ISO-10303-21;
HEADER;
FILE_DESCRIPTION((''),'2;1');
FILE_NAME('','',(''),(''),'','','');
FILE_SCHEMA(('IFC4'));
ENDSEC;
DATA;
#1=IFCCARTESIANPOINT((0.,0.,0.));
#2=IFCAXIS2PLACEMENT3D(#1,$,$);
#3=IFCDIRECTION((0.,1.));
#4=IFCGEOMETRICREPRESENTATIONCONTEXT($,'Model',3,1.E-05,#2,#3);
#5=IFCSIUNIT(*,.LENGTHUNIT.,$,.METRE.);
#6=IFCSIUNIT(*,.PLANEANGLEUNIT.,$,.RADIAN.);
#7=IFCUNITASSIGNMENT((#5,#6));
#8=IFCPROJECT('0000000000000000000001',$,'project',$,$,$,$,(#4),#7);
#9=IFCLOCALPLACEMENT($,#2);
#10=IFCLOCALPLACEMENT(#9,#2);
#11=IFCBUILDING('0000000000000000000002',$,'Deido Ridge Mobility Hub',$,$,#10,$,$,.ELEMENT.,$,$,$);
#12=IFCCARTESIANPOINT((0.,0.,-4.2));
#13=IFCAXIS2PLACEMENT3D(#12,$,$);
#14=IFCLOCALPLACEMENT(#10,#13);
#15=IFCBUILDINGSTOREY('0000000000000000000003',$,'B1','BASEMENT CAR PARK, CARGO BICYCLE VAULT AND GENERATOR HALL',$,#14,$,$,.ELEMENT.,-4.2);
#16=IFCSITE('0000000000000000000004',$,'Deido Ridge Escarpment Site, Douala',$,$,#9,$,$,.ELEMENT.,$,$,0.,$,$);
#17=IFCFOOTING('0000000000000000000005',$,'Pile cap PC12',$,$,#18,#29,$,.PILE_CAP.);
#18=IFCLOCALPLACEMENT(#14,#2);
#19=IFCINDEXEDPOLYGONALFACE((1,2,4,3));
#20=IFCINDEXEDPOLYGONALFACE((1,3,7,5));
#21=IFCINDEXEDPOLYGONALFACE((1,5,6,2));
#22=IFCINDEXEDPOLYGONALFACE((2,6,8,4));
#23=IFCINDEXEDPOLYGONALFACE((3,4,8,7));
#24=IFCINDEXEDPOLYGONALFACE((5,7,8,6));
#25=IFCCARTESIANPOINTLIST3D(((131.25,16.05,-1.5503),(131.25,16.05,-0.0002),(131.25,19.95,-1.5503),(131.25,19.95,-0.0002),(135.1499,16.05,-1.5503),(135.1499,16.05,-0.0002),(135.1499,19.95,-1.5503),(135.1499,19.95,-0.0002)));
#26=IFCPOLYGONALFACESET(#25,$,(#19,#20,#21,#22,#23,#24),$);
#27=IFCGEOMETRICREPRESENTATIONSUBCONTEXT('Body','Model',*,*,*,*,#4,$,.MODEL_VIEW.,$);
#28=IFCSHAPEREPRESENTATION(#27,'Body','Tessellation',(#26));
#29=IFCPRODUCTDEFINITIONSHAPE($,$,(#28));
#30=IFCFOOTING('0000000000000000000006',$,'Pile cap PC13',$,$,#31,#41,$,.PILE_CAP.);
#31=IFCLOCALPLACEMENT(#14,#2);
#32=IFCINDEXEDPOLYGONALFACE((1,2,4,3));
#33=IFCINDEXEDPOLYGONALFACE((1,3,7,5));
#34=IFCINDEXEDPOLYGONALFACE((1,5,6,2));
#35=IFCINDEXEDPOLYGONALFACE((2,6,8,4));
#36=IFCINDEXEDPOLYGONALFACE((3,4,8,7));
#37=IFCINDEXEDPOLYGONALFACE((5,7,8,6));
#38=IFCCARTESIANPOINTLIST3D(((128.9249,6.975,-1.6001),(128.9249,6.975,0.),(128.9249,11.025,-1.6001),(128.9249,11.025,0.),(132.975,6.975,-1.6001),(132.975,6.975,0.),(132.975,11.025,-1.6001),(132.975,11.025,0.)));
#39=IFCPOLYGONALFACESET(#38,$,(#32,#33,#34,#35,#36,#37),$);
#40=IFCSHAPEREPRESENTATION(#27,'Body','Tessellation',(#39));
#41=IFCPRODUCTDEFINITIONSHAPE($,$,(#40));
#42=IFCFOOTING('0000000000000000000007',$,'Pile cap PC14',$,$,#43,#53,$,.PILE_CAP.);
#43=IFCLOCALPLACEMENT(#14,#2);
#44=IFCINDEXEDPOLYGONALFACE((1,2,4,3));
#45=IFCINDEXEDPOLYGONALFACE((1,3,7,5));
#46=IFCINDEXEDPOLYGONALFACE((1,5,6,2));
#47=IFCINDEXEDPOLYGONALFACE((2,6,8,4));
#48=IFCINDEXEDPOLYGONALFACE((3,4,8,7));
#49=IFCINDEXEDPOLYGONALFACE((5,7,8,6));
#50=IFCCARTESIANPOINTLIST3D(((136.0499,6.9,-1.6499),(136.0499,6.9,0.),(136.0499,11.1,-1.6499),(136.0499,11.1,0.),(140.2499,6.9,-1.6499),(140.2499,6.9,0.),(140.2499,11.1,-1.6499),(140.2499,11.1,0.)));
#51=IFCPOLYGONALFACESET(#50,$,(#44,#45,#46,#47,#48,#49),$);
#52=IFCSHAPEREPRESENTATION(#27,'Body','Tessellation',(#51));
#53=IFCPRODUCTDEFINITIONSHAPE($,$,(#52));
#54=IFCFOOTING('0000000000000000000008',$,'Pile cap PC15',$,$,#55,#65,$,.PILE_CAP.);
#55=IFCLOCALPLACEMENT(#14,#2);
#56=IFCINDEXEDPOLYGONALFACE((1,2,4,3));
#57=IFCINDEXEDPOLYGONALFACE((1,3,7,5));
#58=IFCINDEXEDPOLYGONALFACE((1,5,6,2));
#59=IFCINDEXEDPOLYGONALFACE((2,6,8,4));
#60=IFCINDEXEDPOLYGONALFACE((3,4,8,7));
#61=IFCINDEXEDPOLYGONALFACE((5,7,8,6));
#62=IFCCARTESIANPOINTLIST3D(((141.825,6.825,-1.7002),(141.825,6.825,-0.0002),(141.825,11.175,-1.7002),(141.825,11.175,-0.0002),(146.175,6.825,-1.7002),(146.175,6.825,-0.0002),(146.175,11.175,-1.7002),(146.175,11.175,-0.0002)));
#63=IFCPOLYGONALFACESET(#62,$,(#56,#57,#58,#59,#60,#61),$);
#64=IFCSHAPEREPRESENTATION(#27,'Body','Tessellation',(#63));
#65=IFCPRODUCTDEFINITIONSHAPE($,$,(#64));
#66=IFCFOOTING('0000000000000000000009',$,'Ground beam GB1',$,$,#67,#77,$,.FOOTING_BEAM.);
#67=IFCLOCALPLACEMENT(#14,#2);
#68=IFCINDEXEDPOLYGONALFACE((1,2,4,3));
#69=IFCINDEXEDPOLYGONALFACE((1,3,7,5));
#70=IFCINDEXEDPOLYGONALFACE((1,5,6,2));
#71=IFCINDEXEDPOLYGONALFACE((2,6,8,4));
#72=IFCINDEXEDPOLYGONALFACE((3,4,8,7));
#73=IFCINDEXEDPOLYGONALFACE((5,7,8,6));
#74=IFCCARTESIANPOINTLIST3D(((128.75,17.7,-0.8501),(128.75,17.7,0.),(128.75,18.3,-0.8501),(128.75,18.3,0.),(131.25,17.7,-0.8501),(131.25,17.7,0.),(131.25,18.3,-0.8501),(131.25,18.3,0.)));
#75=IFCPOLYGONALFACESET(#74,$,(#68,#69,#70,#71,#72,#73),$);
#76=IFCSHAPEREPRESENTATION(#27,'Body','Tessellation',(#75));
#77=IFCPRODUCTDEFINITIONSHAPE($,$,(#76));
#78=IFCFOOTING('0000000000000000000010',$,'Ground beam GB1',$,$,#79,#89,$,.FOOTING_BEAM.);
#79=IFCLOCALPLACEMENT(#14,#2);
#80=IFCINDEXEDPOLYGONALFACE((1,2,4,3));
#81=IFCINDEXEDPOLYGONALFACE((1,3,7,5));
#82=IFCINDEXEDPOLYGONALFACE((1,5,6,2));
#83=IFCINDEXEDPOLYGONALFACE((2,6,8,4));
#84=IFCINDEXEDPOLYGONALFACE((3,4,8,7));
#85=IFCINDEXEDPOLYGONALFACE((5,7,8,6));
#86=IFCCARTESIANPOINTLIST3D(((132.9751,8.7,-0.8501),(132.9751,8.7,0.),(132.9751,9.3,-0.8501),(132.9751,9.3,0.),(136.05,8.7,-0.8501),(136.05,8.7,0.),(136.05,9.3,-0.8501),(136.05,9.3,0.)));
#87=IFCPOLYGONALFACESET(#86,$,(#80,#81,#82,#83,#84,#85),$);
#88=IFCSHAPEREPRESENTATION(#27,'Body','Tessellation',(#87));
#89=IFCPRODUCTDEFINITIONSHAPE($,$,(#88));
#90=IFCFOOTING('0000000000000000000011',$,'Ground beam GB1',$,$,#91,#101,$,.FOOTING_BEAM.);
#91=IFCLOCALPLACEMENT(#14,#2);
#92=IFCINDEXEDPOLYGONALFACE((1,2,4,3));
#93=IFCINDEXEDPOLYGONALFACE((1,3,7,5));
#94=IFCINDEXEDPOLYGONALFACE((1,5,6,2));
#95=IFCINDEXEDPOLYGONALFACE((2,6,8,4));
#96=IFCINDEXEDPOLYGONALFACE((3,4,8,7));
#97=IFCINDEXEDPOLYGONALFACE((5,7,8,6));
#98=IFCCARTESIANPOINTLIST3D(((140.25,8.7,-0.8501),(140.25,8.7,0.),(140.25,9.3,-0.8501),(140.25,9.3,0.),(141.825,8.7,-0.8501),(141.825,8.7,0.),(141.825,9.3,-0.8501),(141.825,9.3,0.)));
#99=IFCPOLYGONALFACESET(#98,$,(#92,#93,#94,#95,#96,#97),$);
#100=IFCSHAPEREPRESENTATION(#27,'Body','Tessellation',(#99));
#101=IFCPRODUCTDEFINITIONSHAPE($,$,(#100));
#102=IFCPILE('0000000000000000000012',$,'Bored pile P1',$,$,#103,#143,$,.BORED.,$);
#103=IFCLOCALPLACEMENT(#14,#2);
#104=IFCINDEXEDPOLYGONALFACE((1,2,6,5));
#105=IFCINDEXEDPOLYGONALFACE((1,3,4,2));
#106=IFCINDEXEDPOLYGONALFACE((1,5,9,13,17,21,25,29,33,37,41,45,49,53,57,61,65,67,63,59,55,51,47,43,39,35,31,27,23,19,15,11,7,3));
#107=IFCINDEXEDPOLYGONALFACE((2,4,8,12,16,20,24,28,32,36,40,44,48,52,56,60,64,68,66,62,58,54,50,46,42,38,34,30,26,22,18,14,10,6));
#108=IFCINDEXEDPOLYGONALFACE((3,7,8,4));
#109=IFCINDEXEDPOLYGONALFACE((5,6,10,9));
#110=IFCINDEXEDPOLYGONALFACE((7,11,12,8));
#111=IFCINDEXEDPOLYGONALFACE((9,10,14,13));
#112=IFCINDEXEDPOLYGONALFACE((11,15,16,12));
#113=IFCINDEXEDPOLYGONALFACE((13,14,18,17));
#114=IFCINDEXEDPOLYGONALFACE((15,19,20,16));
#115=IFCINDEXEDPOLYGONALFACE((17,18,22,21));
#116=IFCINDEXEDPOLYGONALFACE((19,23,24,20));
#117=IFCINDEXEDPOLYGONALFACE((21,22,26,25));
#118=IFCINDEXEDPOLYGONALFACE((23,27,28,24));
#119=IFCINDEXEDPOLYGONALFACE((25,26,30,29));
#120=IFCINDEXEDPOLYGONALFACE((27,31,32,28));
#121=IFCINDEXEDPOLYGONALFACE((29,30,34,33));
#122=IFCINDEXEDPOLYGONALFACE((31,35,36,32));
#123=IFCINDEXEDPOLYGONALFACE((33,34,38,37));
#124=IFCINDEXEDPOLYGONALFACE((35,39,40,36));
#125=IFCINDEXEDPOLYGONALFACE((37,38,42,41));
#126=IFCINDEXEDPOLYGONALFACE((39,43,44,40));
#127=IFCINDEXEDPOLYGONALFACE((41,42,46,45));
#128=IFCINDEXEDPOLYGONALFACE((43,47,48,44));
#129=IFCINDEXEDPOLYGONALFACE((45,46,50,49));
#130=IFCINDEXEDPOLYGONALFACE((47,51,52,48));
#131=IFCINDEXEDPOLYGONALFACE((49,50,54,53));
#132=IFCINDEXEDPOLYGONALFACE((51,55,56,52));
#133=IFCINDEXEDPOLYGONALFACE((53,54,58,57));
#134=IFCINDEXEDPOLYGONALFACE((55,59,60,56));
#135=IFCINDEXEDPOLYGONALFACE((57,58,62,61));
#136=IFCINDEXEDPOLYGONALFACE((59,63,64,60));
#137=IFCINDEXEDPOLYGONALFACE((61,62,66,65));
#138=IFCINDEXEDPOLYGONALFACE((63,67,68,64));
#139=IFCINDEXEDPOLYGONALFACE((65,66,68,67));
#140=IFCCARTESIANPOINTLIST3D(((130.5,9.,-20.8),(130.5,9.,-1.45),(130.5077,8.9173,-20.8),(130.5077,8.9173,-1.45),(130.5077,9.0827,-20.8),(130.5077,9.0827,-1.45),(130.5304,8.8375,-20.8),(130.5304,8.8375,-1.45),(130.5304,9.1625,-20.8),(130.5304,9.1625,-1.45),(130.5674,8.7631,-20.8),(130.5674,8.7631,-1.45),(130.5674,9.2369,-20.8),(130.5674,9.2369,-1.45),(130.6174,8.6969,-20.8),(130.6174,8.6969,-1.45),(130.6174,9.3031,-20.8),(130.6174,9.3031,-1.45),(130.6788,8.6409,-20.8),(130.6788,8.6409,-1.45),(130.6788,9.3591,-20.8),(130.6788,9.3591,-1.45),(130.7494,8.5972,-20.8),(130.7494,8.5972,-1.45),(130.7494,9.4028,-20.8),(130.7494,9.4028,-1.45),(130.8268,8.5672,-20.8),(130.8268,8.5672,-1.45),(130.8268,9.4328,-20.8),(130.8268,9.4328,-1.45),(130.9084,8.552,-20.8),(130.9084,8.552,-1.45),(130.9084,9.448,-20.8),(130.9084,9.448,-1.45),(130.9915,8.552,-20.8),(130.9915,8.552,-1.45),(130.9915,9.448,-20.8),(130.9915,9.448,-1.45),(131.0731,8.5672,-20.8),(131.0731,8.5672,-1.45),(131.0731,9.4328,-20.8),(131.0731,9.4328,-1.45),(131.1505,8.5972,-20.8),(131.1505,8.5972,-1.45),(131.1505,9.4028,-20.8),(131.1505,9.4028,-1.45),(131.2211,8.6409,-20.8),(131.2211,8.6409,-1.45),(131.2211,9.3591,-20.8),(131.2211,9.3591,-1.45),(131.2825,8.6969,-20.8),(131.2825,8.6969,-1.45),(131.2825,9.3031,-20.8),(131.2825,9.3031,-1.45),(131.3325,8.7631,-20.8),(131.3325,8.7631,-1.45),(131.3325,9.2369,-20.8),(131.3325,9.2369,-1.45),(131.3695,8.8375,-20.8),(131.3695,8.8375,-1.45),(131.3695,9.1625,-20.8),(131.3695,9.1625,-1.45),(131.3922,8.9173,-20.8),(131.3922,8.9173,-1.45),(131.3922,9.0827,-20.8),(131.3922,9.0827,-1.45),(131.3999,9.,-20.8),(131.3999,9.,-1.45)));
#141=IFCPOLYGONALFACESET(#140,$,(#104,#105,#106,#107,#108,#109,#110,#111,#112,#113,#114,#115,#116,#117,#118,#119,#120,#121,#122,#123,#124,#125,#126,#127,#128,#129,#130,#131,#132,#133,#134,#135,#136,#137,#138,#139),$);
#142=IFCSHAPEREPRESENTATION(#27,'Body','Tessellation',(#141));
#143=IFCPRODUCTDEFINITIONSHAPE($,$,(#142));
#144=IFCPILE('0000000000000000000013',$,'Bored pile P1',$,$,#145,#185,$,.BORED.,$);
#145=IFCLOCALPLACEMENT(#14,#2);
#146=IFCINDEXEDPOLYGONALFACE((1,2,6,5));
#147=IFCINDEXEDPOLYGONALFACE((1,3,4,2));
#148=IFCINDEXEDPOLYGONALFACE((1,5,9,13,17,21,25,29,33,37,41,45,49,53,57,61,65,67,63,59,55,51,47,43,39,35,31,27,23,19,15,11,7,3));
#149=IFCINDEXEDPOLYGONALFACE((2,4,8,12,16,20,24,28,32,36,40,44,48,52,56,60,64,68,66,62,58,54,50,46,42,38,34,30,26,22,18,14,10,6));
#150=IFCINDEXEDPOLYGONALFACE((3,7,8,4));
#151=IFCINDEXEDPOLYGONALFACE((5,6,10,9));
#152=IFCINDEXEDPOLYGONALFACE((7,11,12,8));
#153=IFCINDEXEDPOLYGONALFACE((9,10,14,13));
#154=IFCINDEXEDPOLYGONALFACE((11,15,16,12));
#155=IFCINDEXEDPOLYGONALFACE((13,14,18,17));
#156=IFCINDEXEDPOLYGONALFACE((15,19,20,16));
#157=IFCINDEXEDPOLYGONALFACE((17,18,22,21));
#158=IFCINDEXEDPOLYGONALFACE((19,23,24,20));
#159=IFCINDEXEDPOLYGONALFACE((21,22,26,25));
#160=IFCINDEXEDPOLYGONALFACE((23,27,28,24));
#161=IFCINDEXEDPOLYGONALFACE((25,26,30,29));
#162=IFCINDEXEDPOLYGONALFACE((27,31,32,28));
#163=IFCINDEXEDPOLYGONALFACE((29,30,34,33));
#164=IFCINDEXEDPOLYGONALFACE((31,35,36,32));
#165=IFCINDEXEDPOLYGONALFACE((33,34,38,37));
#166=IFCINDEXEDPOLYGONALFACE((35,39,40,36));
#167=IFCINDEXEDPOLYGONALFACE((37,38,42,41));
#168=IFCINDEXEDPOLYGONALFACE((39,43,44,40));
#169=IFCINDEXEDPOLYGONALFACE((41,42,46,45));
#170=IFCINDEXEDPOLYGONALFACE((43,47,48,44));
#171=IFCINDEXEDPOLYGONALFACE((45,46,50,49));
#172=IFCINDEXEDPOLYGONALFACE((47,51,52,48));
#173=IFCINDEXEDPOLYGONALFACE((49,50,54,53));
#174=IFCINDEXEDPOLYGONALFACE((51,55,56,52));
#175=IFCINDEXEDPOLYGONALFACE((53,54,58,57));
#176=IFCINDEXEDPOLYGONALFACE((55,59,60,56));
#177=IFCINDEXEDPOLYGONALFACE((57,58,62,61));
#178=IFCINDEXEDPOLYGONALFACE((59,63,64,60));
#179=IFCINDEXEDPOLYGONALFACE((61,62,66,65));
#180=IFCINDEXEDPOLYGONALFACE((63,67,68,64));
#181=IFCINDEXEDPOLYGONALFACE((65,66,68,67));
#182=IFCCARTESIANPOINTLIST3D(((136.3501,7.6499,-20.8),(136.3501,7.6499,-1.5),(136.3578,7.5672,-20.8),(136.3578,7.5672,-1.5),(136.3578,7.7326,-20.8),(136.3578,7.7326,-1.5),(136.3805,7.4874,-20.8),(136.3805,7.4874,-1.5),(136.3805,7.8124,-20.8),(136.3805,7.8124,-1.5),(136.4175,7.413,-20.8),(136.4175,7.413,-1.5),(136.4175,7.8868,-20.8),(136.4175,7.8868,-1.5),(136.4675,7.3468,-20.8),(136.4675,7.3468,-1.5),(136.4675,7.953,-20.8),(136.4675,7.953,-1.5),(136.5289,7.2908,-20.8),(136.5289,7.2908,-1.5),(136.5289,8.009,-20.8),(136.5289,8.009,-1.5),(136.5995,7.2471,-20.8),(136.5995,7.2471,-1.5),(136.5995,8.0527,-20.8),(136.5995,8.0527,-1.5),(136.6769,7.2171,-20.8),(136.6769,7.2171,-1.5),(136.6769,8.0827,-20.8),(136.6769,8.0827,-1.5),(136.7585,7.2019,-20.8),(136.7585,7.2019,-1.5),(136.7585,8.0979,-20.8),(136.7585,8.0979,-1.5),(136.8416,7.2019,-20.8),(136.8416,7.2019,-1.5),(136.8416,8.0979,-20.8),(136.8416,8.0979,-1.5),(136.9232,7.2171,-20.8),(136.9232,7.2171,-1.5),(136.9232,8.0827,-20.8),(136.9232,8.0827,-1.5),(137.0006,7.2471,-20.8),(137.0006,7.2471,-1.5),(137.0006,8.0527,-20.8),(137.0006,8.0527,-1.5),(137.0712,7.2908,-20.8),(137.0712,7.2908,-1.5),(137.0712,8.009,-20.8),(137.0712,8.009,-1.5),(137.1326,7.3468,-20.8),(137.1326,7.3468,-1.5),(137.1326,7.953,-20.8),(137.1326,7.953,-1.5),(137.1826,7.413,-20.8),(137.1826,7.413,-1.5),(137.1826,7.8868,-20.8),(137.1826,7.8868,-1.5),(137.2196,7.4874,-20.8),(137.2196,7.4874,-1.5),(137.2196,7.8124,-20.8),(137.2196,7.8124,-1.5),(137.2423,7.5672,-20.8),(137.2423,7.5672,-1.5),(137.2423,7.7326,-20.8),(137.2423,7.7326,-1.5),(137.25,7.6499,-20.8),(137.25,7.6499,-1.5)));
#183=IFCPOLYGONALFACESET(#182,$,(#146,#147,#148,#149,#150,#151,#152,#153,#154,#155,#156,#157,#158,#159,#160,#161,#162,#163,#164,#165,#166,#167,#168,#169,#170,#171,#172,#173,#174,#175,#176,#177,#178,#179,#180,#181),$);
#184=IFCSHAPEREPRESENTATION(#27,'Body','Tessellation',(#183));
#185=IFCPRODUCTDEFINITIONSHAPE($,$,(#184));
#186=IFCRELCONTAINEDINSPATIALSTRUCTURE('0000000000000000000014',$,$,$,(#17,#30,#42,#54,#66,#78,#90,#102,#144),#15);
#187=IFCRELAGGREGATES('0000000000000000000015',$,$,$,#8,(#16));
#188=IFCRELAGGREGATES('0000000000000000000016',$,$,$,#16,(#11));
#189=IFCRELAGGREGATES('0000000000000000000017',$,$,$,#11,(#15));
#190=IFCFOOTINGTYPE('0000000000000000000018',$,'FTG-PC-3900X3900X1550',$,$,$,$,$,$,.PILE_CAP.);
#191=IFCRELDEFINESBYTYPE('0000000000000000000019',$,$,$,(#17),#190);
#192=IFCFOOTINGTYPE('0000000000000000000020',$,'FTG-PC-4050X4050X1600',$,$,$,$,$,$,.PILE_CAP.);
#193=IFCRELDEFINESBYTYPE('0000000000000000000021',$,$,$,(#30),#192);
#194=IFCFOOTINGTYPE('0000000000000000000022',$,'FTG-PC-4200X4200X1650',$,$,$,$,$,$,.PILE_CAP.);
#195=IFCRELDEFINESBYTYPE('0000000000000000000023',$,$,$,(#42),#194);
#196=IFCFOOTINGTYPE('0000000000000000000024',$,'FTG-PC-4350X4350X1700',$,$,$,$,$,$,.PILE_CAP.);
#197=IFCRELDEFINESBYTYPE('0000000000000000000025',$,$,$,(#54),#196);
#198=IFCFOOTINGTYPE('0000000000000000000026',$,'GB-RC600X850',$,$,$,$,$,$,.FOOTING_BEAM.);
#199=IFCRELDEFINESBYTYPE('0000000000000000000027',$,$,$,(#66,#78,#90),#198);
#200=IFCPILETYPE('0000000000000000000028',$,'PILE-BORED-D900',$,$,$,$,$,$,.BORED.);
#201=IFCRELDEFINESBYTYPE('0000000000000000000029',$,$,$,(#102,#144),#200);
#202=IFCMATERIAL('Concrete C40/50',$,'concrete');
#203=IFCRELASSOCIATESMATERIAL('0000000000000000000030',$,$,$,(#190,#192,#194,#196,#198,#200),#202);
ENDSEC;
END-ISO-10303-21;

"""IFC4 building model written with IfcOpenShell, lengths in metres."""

from ifc_helpers import new_model, si_unit, direction, frame, origin, origin_2d, place, context, subcontext, project, spatial, rectangle, circle, extrude, material, material_profile, profile_set, type_object, element, save


model = new_model("IFC4")

# Units and contexts
model_context = context("Model", 3, precision=1e-05, world=origin(), true_north=direction((0.0, 1.0)))
body_context = subcontext(model_context, "Body", "Model", "MODEL_VIEW")
ifc_project = project(units=[si_unit("LENGTHUNIT", "METRE"), si_unit("PLANEANGLEUNIT", "RADIAN")], contexts=[model_context])

# Site, building, storey
site_placement = place(None, origin())
site = spatial("IfcSite", under=ifc_project, at=site_placement, Name="Deido Ridge Escarpment Site, Douala", CompositionType="ELEMENT", RefElevation=0.0)
building_placement = place(site_placement, origin())
building = spatial("IfcBuilding", under=site, at=building_placement, Name="Deido Ridge Mobility Hub", CompositionType="ELEMENT")
storey_placement = place(building_placement, frame((0.0, 0.0, -4.2)))
storey = spatial("IfcBuildingStorey", under=building, at=storey_placement, Name="B1", Description="BASEMENT CAR PARK, CARGO BICYCLE VAULT AND GENERATOR HALL", CompositionType="ELEMENT", Elevation=-4.2)

# Footings
ifc_material_1 = material(Name="Concrete C40/50", Category="concrete")
footing_type_1 = type_object("IfcFootingType", Name="FTG-PC-3900X3900X1550", PredefinedType="PILE_CAP", material=ifc_material_1)
footing_1_placement = place(storey_placement, frame((133.2, 18.0, -1.5503), z_axis=(0.0, 0.0, 1.0), x_axis=(1.0, 0.0, 0.0)))
element("IfcFooting", 1, at=footing_1_placement, inside=storey, type_object=footing_type_1, Name="Pile cap PC12", PredefinedType="PILE_CAP", context=body_context, shape_type="SweptSolid", body=[
    extrude(rectangle(XDim=3.8999, YDim=3.8999, at=origin_2d()), origin(), (0.0, 0.0, 1.0), 1.55),
])
footing_type_2 = type_object("IfcFootingType", Name="FTG-PC-4050X4050X1600", PredefinedType="PILE_CAP", material=ifc_material_1)
footing_2_placement = place(storey_placement, frame((130.95, 9.0, -1.6001), z_axis=(0.0, 0.0, 1.0), x_axis=(1.0, 0.0, 0.0)))
element("IfcFooting", 2, at=footing_2_placement, inside=storey, type_object=footing_type_2, Name="Pile cap PC13", PredefinedType="PILE_CAP", context=body_context, shape_type="SweptSolid", body=[
    extrude(rectangle(XDim=4.05, YDim=4.05, at=origin_2d()), origin(), (0.0, 0.0, 1.0), 1.6001),
])
footing_type_3 = type_object("IfcFootingType", Name="FTG-PC-4200X4200X1650", PredefinedType="PILE_CAP", material=ifc_material_1)
footing_3_placement = place(storey_placement, frame((138.1499, 9.0, -1.6499), z_axis=(0.0, 0.0, 1.0), x_axis=(1.0, 0.0, 0.0)))
element("IfcFooting", 3, at=footing_3_placement, inside=storey, type_object=footing_type_3, Name="Pile cap PC14", PredefinedType="PILE_CAP", context=body_context, shape_type="SweptSolid", body=[
    extrude(rectangle(XDim=4.2, YDim=4.2, at=origin_2d()), origin(), (0.0, 0.0, 1.0), 1.6499),
])
footing_type_4 = type_object("IfcFootingType", Name="FTG-PC-4350X4350X1700", PredefinedType="PILE_CAP", material=ifc_material_1)
footing_4_placement = place(storey_placement, frame((144.0, 9.0, -1.7002), z_axis=(0.0, 0.0, 1.0), x_axis=(1.0, 0.0, 0.0)))
element("IfcFooting", 4, at=footing_4_placement, inside=storey, type_object=footing_type_4, Name="Pile cap PC15", PredefinedType="PILE_CAP", context=body_context, shape_type="SweptSolid", body=[
    extrude(rectangle(XDim=4.3501, YDim=4.3501, at=origin_2d()), origin(), (0.0, 0.0, 1.0), 1.7),
])
ifc_material_profile_1 = material_profile(ifc_material_1, rectangle(XDim=0.6001, YDim=0.8501, at=origin_2d()), Name="RC GB 600x850")
ifc_profile_set_1 = profile_set([ifc_material_profile_1], Name="Concrete C40/50")
footing_type_5 = type_object("IfcFootingType", Name="GB-RC600X850", PredefinedType="FOOTING_BEAM", material=ifc_profile_set_1)
footing_5_placement = place(storey_placement, frame((128.75, 18.0, -0.425), z_axis=(1.0, 0.0, 0.0), x_axis=(0.0, 1.0, 0.0)))
element("IfcFooting", 5, at=footing_5_placement, inside=storey, type_object=footing_type_5, Name="Ground beam GB1", PredefinedType="FOOTING_BEAM", context=body_context, shape_type="SweptSolid", body=[
    extrude(rectangle(XDim=0.6001, YDim=0.8501, at=origin_2d()), origin(), (0.0, 0.0, 1.0), 2.5),
])
footing_6_placement = place(storey_placement, frame((132.9751, 9.0, -0.425), z_axis=(1.0, 0.0, 0.0), x_axis=(0.0, 1.0, 0.0)))
element("IfcFooting", 6, at=footing_6_placement, inside=storey, type_object=footing_type_5, Name="Ground beam GB1", PredefinedType="FOOTING_BEAM", context=body_context, shape_type="SweptSolid", body=[
    extrude(rectangle(XDim=0.6001, YDim=0.8501, at=origin_2d()), origin(), (0.0, 0.0, 1.0), 3.075),
])
footing_7_placement = place(storey_placement, frame((140.25, 9.0, -0.425), z_axis=(1.0, 0.0, 0.0), x_axis=(0.0, 1.0, 0.0)))
element("IfcFooting", 7, at=footing_7_placement, inside=storey, type_object=footing_type_5, Name="Ground beam GB1", PredefinedType="FOOTING_BEAM", context=body_context, shape_type="SweptSolid", body=[
    extrude(rectangle(XDim=0.6001, YDim=0.8501, at=origin_2d()), origin(), (0.0, 0.0, 1.0), 1.575),
])

# Piles
ifc_material_profile_2 = material_profile(ifc_material_1, circle(Radius=0.45, at=origin_2d()), Name="BORED PILE D900")
ifc_profile_set_2 = profile_set([ifc_material_profile_2], Name="Concrete C40/50")
pile_type = type_object("IfcPileType", Name="PILE-BORED-D900", PredefinedType="BORED", material=ifc_profile_set_2)
pile_1_placement = place(storey_placement, frame((130.95, 9.0, -1.45), z_axis=(0.0, 0.0, -1.0), x_axis=(1.0, 0.0, 0.0)))
element("IfcPile", 8, at=pile_1_placement, inside=storey, type_object=pile_type, Name="Bored pile P1", PredefinedType="BORED", context=body_context, shape_type="SweptSolid", body=[
    extrude(circle(Radius=0.45, at=origin_2d()), origin(), (0.0, 0.0, 1.0), 19.3501),
])
for number, where, z_axis, x_axis, name in (
    (9, (136.8, 7.6499, -1.5), (0.0, 0.0, -1.0), (1.0, 0.0, 0.0), "Bored pile P1"),
):
    element("IfcPile", number, at=place(storey_placement, frame(where, z_axis=z_axis, x_axis=x_axis)), inside=storey, type_object=pile_type, Name=name, PredefinedType="BORED", context=body_context, shape_type="SweptSolid", body=[
        extrude(circle(Radius=0.45, at=origin_2d()), origin(), (0.0, 0.0, 1.0), 19.3),
    ])

save(model, "model.ifc")
